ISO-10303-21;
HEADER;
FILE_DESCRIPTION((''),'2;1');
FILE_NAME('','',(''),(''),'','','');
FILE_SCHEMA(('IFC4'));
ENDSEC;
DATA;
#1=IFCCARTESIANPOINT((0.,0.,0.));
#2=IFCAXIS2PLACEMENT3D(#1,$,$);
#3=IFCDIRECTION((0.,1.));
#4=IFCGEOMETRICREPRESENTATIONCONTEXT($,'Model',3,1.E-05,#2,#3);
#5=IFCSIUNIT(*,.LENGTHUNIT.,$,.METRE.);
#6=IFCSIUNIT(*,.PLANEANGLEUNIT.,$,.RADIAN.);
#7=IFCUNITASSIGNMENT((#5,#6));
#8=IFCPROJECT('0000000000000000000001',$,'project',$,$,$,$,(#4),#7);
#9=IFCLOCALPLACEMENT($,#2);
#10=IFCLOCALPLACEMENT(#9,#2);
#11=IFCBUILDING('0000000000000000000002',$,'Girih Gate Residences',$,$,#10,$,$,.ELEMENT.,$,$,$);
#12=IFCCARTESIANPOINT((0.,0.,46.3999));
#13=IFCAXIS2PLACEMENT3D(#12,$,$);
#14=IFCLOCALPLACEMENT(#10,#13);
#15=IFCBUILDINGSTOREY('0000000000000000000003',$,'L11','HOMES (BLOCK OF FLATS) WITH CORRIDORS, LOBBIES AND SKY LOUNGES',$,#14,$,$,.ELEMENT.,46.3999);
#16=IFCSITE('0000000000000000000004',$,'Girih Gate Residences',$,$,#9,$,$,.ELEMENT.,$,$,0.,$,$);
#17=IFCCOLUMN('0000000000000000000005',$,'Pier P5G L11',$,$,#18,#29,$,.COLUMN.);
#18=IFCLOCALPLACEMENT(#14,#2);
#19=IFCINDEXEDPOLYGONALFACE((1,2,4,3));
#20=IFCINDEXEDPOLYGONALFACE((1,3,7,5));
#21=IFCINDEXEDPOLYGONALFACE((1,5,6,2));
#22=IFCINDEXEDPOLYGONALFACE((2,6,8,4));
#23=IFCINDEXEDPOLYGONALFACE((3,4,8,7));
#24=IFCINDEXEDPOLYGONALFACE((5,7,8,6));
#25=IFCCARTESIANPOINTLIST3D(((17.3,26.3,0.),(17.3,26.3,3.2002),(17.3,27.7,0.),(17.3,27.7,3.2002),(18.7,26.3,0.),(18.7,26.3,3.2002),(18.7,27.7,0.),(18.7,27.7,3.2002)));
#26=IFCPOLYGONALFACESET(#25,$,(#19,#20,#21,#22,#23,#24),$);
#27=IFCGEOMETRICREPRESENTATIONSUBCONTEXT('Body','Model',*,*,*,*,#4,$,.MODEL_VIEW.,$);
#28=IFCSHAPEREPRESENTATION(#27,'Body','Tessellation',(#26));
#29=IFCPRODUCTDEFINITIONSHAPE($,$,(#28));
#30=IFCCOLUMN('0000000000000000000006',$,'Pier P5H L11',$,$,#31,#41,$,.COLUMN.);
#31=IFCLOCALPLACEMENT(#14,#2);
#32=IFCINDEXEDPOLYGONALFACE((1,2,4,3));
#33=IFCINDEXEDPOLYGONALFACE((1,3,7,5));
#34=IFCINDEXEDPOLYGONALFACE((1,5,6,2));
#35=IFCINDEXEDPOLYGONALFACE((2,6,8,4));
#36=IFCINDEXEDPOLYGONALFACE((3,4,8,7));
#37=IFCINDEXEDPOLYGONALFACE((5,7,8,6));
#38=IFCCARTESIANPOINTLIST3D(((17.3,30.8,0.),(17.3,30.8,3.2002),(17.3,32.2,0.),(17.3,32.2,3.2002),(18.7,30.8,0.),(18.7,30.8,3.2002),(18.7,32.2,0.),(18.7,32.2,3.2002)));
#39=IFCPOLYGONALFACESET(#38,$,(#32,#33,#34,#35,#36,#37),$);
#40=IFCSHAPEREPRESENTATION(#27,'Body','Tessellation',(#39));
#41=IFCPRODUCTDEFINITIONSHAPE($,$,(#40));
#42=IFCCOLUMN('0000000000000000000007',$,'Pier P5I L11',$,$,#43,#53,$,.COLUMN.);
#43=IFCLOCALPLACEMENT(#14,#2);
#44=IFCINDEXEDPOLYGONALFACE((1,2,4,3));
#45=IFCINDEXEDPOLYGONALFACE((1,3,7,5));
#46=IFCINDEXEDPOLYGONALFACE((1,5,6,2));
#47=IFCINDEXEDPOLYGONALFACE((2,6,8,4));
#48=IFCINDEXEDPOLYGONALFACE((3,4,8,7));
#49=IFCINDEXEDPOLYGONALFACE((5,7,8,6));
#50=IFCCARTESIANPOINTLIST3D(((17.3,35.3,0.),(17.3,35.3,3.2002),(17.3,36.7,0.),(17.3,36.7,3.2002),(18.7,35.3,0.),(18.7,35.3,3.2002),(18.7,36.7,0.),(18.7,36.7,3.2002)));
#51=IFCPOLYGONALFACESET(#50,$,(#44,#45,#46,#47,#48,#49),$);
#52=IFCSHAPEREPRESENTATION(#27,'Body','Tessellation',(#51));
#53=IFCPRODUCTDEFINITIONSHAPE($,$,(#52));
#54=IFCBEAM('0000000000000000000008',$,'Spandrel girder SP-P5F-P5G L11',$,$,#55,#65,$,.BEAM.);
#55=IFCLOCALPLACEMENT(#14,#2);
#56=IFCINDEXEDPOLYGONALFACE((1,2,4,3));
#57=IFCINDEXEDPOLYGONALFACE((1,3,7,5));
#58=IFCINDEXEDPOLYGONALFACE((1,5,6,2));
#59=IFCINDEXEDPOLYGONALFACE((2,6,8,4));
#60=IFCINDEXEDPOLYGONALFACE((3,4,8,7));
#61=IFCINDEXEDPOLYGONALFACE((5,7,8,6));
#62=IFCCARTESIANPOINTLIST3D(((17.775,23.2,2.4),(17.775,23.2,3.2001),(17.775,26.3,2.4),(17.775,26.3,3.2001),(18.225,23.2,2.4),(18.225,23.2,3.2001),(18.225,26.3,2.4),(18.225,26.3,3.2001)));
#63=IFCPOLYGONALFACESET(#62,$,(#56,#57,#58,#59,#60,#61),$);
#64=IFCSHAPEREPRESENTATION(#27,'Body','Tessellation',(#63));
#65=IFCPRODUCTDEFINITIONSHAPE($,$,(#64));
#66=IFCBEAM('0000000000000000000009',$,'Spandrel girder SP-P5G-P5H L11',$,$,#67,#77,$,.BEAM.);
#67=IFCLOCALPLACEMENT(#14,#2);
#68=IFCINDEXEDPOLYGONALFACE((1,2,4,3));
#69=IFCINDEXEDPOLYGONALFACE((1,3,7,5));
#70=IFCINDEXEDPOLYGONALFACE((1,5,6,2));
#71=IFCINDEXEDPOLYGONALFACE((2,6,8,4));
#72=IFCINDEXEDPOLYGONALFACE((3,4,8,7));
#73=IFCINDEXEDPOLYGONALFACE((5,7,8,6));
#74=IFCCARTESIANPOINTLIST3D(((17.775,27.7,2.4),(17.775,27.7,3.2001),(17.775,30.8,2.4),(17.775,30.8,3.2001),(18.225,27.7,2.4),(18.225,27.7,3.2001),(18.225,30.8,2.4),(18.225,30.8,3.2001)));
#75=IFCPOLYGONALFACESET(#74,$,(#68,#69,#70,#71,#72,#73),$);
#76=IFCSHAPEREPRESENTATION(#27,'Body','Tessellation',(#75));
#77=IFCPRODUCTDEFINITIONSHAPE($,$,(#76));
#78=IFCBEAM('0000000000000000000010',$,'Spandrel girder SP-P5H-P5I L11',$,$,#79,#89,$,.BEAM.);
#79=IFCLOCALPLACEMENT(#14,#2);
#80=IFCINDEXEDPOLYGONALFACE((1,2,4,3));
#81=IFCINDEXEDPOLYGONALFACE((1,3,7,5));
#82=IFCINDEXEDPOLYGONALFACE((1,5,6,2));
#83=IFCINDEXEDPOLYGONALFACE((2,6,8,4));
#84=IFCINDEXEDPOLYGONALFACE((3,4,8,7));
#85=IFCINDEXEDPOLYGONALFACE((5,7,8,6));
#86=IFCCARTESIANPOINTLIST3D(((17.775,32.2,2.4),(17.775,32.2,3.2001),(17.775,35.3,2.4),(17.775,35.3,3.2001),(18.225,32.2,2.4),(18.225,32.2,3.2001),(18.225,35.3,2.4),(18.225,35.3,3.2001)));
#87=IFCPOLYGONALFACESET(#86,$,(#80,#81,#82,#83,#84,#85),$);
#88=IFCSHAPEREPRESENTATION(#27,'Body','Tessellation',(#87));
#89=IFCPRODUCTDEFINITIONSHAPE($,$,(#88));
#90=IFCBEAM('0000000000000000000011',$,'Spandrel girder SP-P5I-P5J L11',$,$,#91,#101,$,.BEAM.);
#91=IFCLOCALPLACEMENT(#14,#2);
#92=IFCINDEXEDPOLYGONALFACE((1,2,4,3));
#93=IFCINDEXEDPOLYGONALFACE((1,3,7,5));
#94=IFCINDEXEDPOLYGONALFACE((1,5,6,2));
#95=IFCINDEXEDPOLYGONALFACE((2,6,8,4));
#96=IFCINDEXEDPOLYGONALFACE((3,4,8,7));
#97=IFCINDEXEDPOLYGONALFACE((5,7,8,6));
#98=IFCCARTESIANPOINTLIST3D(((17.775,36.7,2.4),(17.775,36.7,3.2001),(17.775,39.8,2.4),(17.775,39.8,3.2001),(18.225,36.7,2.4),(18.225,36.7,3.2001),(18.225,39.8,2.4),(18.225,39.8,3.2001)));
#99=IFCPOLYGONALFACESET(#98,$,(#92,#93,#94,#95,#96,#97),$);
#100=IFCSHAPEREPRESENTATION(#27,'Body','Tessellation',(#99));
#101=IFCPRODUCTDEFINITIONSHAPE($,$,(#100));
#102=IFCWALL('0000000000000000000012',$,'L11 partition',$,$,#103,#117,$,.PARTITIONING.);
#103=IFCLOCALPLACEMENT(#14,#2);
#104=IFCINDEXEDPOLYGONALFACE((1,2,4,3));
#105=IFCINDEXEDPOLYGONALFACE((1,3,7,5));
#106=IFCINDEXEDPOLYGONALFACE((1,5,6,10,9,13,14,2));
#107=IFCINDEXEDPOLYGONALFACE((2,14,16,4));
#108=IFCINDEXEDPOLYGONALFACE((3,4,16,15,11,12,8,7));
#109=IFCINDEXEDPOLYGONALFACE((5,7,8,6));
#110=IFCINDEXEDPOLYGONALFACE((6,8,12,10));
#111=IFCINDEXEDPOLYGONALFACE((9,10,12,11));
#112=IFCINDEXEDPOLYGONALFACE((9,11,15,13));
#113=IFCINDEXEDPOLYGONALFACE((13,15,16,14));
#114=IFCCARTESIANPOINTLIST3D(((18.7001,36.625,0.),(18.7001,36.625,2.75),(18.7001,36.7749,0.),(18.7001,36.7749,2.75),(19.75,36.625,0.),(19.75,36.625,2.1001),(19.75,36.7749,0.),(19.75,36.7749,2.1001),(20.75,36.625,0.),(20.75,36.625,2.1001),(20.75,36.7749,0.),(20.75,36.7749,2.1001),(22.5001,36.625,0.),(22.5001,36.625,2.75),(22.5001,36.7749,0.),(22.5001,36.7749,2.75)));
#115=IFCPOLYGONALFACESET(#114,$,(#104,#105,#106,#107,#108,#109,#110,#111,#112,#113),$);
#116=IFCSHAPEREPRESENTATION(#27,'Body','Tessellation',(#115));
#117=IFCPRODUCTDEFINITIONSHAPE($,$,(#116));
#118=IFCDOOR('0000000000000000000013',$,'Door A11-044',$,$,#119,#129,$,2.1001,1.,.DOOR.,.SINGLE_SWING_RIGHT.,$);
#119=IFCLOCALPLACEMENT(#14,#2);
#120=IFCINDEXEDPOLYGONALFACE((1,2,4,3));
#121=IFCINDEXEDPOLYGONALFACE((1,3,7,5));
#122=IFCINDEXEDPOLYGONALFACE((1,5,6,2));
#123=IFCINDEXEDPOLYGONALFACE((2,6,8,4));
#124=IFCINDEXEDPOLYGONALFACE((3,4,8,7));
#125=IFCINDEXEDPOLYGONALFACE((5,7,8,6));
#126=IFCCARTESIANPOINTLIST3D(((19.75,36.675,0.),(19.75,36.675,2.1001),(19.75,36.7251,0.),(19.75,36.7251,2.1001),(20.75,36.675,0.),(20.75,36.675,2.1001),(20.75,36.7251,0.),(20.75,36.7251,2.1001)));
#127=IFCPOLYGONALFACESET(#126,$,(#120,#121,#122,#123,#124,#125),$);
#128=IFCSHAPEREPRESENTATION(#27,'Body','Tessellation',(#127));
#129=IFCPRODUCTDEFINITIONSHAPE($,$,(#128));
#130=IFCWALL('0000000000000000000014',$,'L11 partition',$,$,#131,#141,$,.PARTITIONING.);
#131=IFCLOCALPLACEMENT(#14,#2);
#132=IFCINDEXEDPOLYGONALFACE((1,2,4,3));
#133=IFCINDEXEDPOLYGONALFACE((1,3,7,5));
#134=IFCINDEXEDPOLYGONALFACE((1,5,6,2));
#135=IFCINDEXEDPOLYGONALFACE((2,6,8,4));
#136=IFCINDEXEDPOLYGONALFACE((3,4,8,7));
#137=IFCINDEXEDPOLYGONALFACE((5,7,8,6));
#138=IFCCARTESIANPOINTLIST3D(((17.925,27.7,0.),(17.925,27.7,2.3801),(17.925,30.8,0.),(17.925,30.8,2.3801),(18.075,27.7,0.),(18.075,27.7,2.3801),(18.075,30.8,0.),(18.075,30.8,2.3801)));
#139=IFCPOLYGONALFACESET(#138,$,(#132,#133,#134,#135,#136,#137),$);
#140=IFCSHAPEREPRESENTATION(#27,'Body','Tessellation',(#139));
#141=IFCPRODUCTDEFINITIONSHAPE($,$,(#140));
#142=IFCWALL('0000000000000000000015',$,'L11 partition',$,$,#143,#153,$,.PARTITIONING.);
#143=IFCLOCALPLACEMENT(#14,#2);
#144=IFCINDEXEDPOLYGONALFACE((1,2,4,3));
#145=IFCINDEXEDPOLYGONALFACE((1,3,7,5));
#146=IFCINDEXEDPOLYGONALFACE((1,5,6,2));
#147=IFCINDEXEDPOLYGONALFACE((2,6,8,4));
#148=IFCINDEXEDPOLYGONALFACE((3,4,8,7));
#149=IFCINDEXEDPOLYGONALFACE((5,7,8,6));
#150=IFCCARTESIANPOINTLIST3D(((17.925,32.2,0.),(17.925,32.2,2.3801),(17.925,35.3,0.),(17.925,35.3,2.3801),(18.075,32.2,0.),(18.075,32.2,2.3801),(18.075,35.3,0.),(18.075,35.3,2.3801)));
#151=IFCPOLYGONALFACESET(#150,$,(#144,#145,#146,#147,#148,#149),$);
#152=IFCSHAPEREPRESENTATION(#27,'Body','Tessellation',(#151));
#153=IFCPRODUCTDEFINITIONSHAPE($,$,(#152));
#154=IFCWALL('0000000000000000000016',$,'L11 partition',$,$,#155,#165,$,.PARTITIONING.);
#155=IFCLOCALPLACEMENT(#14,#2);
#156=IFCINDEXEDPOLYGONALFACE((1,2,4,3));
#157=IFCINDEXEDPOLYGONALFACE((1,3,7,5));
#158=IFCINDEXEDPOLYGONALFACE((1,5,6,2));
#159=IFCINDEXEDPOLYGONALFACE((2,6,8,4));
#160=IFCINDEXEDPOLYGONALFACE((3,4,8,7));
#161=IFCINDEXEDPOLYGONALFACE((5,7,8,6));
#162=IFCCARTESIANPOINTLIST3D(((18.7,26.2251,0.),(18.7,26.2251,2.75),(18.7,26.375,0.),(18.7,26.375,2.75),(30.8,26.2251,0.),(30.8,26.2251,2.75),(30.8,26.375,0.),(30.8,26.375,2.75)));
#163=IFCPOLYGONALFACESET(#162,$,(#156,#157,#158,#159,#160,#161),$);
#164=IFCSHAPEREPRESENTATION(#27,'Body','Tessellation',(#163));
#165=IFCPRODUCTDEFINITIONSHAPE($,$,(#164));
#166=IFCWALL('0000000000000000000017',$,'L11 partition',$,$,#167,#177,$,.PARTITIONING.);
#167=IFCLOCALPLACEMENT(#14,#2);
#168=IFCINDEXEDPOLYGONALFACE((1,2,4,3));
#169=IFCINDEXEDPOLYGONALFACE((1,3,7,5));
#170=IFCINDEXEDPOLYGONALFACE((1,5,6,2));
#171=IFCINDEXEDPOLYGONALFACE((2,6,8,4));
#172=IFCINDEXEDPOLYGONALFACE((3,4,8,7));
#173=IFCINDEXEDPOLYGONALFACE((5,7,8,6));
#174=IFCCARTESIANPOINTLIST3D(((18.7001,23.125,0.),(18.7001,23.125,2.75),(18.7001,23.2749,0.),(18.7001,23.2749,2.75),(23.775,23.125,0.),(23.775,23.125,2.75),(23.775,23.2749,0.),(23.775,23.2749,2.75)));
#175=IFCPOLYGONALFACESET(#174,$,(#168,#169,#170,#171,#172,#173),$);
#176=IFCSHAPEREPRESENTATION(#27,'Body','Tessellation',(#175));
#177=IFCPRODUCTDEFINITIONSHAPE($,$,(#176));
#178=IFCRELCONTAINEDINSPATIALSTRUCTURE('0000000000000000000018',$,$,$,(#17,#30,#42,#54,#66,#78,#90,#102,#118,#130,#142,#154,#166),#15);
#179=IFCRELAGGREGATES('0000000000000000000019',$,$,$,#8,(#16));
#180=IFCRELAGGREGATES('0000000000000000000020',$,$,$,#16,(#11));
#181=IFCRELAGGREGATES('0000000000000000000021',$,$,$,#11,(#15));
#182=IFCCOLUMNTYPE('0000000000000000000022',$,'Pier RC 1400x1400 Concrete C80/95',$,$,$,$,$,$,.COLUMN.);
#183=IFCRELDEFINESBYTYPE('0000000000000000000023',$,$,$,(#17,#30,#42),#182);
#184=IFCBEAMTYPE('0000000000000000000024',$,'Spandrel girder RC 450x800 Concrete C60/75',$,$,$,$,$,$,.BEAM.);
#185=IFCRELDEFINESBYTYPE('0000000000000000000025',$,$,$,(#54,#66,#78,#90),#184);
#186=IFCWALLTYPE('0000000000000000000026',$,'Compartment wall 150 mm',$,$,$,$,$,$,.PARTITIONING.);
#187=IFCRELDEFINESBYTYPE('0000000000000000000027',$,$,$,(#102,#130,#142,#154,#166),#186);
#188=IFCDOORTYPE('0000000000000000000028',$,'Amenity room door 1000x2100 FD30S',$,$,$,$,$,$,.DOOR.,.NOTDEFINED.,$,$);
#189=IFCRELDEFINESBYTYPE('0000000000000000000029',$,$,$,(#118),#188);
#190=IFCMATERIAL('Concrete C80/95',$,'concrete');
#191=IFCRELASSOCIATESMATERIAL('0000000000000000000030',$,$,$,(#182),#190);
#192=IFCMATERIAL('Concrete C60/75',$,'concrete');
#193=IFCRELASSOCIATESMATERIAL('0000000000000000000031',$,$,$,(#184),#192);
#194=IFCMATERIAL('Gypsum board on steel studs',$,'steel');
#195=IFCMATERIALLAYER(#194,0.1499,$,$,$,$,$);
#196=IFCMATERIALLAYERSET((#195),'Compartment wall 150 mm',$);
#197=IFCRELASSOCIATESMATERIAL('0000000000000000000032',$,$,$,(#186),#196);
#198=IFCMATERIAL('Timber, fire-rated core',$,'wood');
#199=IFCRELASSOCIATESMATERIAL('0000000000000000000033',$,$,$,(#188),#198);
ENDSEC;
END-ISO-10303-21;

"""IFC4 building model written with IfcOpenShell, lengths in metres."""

from ifc_helpers import new_model, si_unit, direction, frame, frame_2d, origin, origin_2d, place, context, subcontext, project, spatial, rectangle, extrude, material, layer, layer_set, material_profile, profile_set, type_object, element, fill, save


model = new_model("IFC4")

# Units and contexts
model_context = context("Model", 3, precision=1e-05, world=origin(), true_north=direction((0.0, 1.0)))
body_context = subcontext(model_context, "Body", "Model", "MODEL_VIEW")
ifc_project = project(units=[si_unit("LENGTHUNIT", "METRE"), si_unit("PLANEANGLEUNIT", "RADIAN")], contexts=[model_context])

# Site, building, storey
site_placement = place(None, origin())
site = spatial("IfcSite", under=ifc_project, at=site_placement, Name="Girih Gate Residences", CompositionType="ELEMENT", RefElevation=0.0)
building_placement = place(site_placement, origin())
building = spatial("IfcBuilding", under=site, at=building_placement, Name="Girih Gate Residences", CompositionType="ELEMENT")
storey_placement = place(building_placement, frame((0.0, 0.0, 46.3999)))
storey = spatial("IfcBuildingStorey", under=building, at=storey_placement, Name="L11", Description="HOMES (BLOCK OF FLATS) WITH CORRIDORS, LOBBIES AND SKY LOUNGES", CompositionType="ELEMENT", Elevation=46.3999)

# Columns
ifc_material_1 = material(Name="Concrete C80/95", Category="concrete")
ifc_material_profile_1 = material_profile(ifc_material_1, rectangle(XDim=1.3999, YDim=1.3999, at=origin_2d()))
ifc_profile_set_1 = profile_set([ifc_material_profile_1], Name="Concrete C80/95")
column_type = type_object("IfcColumnType", Name="Pier RC 1400x1400 Concrete C80/95", PredefinedType="COLUMN", material=ifc_profile_set_1)
for number, where, z_axis, x_axis, name in (
    (1, (18.0, 27.0, 0.0), (0.0, 0.0, 1.0), (1.0, 0.0, 0.0), "Pier P5G L11"),
    (2, (18.0, 31.5, 0.0), (0.0, 0.0, 1.0), (1.0, 0.0, 0.0), "Pier P5H L11"),
    (3, (18.0, 36.0, 0.0), (0.0, 0.0, 1.0), (1.0, 0.0, 0.0), "Pier P5I L11"),
):
    element("IfcColumn", number, at=place(storey_placement, frame(where, z_axis=z_axis, x_axis=x_axis)), inside=storey, type_object=column_type, Name=name, PredefinedType="COLUMN", context=body_context, shape_type="SweptSolid", body=[
        extrude(rectangle(XDim=1.3999, YDim=1.3999, at=origin_2d()), origin(), (0.0, 0.0, 1.0), 3.2002),
    ])

# Beams
ifc_material_2 = material(Name="Concrete C60/75", Category="concrete")
ifc_material_profile_2 = material_profile(ifc_material_2, rectangle(XDim=0.45, YDim=0.8, at=origin_2d()))
ifc_profile_set_2 = profile_set([ifc_material_profile_2], Name="Concrete C60/75")
beam_type = type_object("IfcBeamType", Name="Spandrel girder RC 450x800 Concrete C60/75", PredefinedType="BEAM", material=ifc_profile_set_2)
for number, where, z_axis, x_axis, name in (
    (4, (18.0, 23.2, 2.8), (0.0, 1.0, 0.0), (-1.0, 0.0, 0.0), "Spandrel girder SP-P5F-P5G L11"),
    (5, (18.0, 27.7, 2.8), (0.0, 1.0, 0.0), (-1.0, 0.0, 0.0), "Spandrel girder SP-P5G-P5H L11"),
    (6, (18.0, 32.2, 2.8), (0.0, 1.0, 0.0), (-1.0, 0.0, 0.0), "Spandrel girder SP-P5H-P5I L11"),
    (7, (18.0, 36.7, 2.8), (0.0, 1.0, 0.0), (-1.0, 0.0, 0.0), "Spandrel girder SP-P5I-P5J L11"),
):
    element("IfcBeam", number, at=place(storey_placement, frame(where, z_axis=z_axis, x_axis=x_axis)), inside=storey, type_object=beam_type, Name=name, PredefinedType="BEAM", context=body_context, shape_type="SweptSolid", body=[
        extrude(rectangle(XDim=0.45, YDim=0.8, at=origin_2d()), origin(), (0.0, 0.0, 1.0), 3.1001),
    ])

# Wall, opening, door
ifc_material_3 = material(Name="Gypsum board on steel studs", Category="steel")
ifc_layer_1 = layer(ifc_material_3, 0.1499)
ifc_layer_set_1 = layer_set([ifc_layer_1], Name="Compartment wall 150 mm")
wall_type_1 = type_object("IfcWallType", Name="Compartment wall 150 mm", PredefinedType="PARTITIONING", material=ifc_layer_set_1)
wall_1_placement = place(storey_placement, frame((22.5, 36.7, 0.0), z_axis=(0.0, 0.0, 1.0), x_axis=(-1.0, 0.0, 0.0)))
wall_1 = element("IfcWall", 8, at=wall_1_placement, inside=storey, type_object=wall_type_1, Name="L11 partition", PredefinedType="PARTITIONING", context=body_context, shape_type="SweptSolid", body=[
    extrude(rectangle(XDim=3.8, YDim=0.1499, at=frame_2d((1.8999, 0.0))), origin(), (0.0, 0.0, 1.0), 2.75),
])
opening_1_placement = place(wall_1_placement, frame((1.75, 0.0, 0.0)))
opening_1 = element("IfcOpeningElement", 9, at=opening_1_placement, cuts=wall_1, PredefinedType="OPENING", context=body_context, shape_type="SweptSolid", body=[
    extrude(rectangle(XDim=1.0, YDim=2.1001, at=frame_2d((0.5, 1.05))), frame((0.0, 0.085, 0.0), z_axis=(0.0, -1.0, 0.0), x_axis=(1.0, 0.0, 0.0)), (0.0, 0.0, 1.0), 0.1699),
])
ifc_material_4 = material(Name="Timber, fire-rated core", Category="wood")
door_type_1 = type_object("IfcDoorType", Name="Amenity room door 1000x2100 FD30S", OperationType="NOTDEFINED", PredefinedType="DOOR", material=ifc_material_4)
door_1_placement = place(opening_1_placement, origin())
door_1 = element("IfcDoor", 10, at=door_1_placement, inside=storey, type_object=door_type_1, Name="Door A11-044", OperationType="SINGLE_SWING_RIGHT", OverallHeight=2.1001, OverallWidth=1.0, PredefinedType="DOOR", context=body_context, shape_type="SweptSolid", body=[
    extrude(rectangle(XDim=1.0, YDim=2.1001, at=frame_2d((0.5, 1.05))), frame((0.0, 0.0249, 0.0), z_axis=(0.0, -1.0, 0.0), x_axis=(1.0, 0.0, 0.0)), (0.0, 0.0, 1.0), 0.05),
])
fill(opening_1, door_1)

# Walls
for number, where, z_axis, x_axis, name in (
    (11, (18.0, 27.7, 0.0), (0.0, 0.0, 1.0), (0.0, 1.0, 0.0), "L11 partition"),
    (12, (18.0, 32.2, 0.0), (0.0, 0.0, 1.0), (0.0, 1.0, 0.0), "L11 partition"),
):
    element("IfcWall", number, at=place(storey_placement, frame(where, z_axis=z_axis, x_axis=x_axis)), inside=storey, type_object=wall_type_1, Name=name, PredefinedType="PARTITIONING", context=body_context, shape_type="SweptSolid", body=[
        extrude(rectangle(XDim=3.1001, YDim=0.1499, at=frame_2d((1.55, 0.0))), origin(), (0.0, 0.0, 1.0), 2.3801),
    ])
wall_2_placement = place(storey_placement, frame((18.7, 26.3, 0.0), z_axis=(0.0, 0.0, 1.0), x_axis=(1.0, 0.0, 0.0)))
element("IfcWall", 13, at=wall_2_placement, inside=storey, type_object=wall_type_1, Name="L11 partition", PredefinedType="PARTITIONING", context=body_context, shape_type="SweptSolid", body=[
    extrude(rectangle(XDim=12.1001, YDim=0.1499, at=frame_2d((6.05, 0.0))), origin(), (0.0, 0.0, 1.0), 2.75),
])
wall_3_placement = place(storey_placement, frame((18.7, 23.2, 0.0), z_axis=(0.0, 0.0, 1.0), x_axis=(1.0, 0.0, 0.0)))
element("IfcWall", 14, at=wall_3_placement, inside=storey, type_object=wall_type_1, Name="L11 partition", PredefinedType="PARTITIONING", context=body_context, shape_type="SweptSolid", body=[
    extrude(rectangle(XDim=5.075, YDim=0.1499, at=frame_2d((2.5376, 0.0))), origin(), (0.0, 0.0, 1.0), 2.75),
])

save(model, "model.ifc")
